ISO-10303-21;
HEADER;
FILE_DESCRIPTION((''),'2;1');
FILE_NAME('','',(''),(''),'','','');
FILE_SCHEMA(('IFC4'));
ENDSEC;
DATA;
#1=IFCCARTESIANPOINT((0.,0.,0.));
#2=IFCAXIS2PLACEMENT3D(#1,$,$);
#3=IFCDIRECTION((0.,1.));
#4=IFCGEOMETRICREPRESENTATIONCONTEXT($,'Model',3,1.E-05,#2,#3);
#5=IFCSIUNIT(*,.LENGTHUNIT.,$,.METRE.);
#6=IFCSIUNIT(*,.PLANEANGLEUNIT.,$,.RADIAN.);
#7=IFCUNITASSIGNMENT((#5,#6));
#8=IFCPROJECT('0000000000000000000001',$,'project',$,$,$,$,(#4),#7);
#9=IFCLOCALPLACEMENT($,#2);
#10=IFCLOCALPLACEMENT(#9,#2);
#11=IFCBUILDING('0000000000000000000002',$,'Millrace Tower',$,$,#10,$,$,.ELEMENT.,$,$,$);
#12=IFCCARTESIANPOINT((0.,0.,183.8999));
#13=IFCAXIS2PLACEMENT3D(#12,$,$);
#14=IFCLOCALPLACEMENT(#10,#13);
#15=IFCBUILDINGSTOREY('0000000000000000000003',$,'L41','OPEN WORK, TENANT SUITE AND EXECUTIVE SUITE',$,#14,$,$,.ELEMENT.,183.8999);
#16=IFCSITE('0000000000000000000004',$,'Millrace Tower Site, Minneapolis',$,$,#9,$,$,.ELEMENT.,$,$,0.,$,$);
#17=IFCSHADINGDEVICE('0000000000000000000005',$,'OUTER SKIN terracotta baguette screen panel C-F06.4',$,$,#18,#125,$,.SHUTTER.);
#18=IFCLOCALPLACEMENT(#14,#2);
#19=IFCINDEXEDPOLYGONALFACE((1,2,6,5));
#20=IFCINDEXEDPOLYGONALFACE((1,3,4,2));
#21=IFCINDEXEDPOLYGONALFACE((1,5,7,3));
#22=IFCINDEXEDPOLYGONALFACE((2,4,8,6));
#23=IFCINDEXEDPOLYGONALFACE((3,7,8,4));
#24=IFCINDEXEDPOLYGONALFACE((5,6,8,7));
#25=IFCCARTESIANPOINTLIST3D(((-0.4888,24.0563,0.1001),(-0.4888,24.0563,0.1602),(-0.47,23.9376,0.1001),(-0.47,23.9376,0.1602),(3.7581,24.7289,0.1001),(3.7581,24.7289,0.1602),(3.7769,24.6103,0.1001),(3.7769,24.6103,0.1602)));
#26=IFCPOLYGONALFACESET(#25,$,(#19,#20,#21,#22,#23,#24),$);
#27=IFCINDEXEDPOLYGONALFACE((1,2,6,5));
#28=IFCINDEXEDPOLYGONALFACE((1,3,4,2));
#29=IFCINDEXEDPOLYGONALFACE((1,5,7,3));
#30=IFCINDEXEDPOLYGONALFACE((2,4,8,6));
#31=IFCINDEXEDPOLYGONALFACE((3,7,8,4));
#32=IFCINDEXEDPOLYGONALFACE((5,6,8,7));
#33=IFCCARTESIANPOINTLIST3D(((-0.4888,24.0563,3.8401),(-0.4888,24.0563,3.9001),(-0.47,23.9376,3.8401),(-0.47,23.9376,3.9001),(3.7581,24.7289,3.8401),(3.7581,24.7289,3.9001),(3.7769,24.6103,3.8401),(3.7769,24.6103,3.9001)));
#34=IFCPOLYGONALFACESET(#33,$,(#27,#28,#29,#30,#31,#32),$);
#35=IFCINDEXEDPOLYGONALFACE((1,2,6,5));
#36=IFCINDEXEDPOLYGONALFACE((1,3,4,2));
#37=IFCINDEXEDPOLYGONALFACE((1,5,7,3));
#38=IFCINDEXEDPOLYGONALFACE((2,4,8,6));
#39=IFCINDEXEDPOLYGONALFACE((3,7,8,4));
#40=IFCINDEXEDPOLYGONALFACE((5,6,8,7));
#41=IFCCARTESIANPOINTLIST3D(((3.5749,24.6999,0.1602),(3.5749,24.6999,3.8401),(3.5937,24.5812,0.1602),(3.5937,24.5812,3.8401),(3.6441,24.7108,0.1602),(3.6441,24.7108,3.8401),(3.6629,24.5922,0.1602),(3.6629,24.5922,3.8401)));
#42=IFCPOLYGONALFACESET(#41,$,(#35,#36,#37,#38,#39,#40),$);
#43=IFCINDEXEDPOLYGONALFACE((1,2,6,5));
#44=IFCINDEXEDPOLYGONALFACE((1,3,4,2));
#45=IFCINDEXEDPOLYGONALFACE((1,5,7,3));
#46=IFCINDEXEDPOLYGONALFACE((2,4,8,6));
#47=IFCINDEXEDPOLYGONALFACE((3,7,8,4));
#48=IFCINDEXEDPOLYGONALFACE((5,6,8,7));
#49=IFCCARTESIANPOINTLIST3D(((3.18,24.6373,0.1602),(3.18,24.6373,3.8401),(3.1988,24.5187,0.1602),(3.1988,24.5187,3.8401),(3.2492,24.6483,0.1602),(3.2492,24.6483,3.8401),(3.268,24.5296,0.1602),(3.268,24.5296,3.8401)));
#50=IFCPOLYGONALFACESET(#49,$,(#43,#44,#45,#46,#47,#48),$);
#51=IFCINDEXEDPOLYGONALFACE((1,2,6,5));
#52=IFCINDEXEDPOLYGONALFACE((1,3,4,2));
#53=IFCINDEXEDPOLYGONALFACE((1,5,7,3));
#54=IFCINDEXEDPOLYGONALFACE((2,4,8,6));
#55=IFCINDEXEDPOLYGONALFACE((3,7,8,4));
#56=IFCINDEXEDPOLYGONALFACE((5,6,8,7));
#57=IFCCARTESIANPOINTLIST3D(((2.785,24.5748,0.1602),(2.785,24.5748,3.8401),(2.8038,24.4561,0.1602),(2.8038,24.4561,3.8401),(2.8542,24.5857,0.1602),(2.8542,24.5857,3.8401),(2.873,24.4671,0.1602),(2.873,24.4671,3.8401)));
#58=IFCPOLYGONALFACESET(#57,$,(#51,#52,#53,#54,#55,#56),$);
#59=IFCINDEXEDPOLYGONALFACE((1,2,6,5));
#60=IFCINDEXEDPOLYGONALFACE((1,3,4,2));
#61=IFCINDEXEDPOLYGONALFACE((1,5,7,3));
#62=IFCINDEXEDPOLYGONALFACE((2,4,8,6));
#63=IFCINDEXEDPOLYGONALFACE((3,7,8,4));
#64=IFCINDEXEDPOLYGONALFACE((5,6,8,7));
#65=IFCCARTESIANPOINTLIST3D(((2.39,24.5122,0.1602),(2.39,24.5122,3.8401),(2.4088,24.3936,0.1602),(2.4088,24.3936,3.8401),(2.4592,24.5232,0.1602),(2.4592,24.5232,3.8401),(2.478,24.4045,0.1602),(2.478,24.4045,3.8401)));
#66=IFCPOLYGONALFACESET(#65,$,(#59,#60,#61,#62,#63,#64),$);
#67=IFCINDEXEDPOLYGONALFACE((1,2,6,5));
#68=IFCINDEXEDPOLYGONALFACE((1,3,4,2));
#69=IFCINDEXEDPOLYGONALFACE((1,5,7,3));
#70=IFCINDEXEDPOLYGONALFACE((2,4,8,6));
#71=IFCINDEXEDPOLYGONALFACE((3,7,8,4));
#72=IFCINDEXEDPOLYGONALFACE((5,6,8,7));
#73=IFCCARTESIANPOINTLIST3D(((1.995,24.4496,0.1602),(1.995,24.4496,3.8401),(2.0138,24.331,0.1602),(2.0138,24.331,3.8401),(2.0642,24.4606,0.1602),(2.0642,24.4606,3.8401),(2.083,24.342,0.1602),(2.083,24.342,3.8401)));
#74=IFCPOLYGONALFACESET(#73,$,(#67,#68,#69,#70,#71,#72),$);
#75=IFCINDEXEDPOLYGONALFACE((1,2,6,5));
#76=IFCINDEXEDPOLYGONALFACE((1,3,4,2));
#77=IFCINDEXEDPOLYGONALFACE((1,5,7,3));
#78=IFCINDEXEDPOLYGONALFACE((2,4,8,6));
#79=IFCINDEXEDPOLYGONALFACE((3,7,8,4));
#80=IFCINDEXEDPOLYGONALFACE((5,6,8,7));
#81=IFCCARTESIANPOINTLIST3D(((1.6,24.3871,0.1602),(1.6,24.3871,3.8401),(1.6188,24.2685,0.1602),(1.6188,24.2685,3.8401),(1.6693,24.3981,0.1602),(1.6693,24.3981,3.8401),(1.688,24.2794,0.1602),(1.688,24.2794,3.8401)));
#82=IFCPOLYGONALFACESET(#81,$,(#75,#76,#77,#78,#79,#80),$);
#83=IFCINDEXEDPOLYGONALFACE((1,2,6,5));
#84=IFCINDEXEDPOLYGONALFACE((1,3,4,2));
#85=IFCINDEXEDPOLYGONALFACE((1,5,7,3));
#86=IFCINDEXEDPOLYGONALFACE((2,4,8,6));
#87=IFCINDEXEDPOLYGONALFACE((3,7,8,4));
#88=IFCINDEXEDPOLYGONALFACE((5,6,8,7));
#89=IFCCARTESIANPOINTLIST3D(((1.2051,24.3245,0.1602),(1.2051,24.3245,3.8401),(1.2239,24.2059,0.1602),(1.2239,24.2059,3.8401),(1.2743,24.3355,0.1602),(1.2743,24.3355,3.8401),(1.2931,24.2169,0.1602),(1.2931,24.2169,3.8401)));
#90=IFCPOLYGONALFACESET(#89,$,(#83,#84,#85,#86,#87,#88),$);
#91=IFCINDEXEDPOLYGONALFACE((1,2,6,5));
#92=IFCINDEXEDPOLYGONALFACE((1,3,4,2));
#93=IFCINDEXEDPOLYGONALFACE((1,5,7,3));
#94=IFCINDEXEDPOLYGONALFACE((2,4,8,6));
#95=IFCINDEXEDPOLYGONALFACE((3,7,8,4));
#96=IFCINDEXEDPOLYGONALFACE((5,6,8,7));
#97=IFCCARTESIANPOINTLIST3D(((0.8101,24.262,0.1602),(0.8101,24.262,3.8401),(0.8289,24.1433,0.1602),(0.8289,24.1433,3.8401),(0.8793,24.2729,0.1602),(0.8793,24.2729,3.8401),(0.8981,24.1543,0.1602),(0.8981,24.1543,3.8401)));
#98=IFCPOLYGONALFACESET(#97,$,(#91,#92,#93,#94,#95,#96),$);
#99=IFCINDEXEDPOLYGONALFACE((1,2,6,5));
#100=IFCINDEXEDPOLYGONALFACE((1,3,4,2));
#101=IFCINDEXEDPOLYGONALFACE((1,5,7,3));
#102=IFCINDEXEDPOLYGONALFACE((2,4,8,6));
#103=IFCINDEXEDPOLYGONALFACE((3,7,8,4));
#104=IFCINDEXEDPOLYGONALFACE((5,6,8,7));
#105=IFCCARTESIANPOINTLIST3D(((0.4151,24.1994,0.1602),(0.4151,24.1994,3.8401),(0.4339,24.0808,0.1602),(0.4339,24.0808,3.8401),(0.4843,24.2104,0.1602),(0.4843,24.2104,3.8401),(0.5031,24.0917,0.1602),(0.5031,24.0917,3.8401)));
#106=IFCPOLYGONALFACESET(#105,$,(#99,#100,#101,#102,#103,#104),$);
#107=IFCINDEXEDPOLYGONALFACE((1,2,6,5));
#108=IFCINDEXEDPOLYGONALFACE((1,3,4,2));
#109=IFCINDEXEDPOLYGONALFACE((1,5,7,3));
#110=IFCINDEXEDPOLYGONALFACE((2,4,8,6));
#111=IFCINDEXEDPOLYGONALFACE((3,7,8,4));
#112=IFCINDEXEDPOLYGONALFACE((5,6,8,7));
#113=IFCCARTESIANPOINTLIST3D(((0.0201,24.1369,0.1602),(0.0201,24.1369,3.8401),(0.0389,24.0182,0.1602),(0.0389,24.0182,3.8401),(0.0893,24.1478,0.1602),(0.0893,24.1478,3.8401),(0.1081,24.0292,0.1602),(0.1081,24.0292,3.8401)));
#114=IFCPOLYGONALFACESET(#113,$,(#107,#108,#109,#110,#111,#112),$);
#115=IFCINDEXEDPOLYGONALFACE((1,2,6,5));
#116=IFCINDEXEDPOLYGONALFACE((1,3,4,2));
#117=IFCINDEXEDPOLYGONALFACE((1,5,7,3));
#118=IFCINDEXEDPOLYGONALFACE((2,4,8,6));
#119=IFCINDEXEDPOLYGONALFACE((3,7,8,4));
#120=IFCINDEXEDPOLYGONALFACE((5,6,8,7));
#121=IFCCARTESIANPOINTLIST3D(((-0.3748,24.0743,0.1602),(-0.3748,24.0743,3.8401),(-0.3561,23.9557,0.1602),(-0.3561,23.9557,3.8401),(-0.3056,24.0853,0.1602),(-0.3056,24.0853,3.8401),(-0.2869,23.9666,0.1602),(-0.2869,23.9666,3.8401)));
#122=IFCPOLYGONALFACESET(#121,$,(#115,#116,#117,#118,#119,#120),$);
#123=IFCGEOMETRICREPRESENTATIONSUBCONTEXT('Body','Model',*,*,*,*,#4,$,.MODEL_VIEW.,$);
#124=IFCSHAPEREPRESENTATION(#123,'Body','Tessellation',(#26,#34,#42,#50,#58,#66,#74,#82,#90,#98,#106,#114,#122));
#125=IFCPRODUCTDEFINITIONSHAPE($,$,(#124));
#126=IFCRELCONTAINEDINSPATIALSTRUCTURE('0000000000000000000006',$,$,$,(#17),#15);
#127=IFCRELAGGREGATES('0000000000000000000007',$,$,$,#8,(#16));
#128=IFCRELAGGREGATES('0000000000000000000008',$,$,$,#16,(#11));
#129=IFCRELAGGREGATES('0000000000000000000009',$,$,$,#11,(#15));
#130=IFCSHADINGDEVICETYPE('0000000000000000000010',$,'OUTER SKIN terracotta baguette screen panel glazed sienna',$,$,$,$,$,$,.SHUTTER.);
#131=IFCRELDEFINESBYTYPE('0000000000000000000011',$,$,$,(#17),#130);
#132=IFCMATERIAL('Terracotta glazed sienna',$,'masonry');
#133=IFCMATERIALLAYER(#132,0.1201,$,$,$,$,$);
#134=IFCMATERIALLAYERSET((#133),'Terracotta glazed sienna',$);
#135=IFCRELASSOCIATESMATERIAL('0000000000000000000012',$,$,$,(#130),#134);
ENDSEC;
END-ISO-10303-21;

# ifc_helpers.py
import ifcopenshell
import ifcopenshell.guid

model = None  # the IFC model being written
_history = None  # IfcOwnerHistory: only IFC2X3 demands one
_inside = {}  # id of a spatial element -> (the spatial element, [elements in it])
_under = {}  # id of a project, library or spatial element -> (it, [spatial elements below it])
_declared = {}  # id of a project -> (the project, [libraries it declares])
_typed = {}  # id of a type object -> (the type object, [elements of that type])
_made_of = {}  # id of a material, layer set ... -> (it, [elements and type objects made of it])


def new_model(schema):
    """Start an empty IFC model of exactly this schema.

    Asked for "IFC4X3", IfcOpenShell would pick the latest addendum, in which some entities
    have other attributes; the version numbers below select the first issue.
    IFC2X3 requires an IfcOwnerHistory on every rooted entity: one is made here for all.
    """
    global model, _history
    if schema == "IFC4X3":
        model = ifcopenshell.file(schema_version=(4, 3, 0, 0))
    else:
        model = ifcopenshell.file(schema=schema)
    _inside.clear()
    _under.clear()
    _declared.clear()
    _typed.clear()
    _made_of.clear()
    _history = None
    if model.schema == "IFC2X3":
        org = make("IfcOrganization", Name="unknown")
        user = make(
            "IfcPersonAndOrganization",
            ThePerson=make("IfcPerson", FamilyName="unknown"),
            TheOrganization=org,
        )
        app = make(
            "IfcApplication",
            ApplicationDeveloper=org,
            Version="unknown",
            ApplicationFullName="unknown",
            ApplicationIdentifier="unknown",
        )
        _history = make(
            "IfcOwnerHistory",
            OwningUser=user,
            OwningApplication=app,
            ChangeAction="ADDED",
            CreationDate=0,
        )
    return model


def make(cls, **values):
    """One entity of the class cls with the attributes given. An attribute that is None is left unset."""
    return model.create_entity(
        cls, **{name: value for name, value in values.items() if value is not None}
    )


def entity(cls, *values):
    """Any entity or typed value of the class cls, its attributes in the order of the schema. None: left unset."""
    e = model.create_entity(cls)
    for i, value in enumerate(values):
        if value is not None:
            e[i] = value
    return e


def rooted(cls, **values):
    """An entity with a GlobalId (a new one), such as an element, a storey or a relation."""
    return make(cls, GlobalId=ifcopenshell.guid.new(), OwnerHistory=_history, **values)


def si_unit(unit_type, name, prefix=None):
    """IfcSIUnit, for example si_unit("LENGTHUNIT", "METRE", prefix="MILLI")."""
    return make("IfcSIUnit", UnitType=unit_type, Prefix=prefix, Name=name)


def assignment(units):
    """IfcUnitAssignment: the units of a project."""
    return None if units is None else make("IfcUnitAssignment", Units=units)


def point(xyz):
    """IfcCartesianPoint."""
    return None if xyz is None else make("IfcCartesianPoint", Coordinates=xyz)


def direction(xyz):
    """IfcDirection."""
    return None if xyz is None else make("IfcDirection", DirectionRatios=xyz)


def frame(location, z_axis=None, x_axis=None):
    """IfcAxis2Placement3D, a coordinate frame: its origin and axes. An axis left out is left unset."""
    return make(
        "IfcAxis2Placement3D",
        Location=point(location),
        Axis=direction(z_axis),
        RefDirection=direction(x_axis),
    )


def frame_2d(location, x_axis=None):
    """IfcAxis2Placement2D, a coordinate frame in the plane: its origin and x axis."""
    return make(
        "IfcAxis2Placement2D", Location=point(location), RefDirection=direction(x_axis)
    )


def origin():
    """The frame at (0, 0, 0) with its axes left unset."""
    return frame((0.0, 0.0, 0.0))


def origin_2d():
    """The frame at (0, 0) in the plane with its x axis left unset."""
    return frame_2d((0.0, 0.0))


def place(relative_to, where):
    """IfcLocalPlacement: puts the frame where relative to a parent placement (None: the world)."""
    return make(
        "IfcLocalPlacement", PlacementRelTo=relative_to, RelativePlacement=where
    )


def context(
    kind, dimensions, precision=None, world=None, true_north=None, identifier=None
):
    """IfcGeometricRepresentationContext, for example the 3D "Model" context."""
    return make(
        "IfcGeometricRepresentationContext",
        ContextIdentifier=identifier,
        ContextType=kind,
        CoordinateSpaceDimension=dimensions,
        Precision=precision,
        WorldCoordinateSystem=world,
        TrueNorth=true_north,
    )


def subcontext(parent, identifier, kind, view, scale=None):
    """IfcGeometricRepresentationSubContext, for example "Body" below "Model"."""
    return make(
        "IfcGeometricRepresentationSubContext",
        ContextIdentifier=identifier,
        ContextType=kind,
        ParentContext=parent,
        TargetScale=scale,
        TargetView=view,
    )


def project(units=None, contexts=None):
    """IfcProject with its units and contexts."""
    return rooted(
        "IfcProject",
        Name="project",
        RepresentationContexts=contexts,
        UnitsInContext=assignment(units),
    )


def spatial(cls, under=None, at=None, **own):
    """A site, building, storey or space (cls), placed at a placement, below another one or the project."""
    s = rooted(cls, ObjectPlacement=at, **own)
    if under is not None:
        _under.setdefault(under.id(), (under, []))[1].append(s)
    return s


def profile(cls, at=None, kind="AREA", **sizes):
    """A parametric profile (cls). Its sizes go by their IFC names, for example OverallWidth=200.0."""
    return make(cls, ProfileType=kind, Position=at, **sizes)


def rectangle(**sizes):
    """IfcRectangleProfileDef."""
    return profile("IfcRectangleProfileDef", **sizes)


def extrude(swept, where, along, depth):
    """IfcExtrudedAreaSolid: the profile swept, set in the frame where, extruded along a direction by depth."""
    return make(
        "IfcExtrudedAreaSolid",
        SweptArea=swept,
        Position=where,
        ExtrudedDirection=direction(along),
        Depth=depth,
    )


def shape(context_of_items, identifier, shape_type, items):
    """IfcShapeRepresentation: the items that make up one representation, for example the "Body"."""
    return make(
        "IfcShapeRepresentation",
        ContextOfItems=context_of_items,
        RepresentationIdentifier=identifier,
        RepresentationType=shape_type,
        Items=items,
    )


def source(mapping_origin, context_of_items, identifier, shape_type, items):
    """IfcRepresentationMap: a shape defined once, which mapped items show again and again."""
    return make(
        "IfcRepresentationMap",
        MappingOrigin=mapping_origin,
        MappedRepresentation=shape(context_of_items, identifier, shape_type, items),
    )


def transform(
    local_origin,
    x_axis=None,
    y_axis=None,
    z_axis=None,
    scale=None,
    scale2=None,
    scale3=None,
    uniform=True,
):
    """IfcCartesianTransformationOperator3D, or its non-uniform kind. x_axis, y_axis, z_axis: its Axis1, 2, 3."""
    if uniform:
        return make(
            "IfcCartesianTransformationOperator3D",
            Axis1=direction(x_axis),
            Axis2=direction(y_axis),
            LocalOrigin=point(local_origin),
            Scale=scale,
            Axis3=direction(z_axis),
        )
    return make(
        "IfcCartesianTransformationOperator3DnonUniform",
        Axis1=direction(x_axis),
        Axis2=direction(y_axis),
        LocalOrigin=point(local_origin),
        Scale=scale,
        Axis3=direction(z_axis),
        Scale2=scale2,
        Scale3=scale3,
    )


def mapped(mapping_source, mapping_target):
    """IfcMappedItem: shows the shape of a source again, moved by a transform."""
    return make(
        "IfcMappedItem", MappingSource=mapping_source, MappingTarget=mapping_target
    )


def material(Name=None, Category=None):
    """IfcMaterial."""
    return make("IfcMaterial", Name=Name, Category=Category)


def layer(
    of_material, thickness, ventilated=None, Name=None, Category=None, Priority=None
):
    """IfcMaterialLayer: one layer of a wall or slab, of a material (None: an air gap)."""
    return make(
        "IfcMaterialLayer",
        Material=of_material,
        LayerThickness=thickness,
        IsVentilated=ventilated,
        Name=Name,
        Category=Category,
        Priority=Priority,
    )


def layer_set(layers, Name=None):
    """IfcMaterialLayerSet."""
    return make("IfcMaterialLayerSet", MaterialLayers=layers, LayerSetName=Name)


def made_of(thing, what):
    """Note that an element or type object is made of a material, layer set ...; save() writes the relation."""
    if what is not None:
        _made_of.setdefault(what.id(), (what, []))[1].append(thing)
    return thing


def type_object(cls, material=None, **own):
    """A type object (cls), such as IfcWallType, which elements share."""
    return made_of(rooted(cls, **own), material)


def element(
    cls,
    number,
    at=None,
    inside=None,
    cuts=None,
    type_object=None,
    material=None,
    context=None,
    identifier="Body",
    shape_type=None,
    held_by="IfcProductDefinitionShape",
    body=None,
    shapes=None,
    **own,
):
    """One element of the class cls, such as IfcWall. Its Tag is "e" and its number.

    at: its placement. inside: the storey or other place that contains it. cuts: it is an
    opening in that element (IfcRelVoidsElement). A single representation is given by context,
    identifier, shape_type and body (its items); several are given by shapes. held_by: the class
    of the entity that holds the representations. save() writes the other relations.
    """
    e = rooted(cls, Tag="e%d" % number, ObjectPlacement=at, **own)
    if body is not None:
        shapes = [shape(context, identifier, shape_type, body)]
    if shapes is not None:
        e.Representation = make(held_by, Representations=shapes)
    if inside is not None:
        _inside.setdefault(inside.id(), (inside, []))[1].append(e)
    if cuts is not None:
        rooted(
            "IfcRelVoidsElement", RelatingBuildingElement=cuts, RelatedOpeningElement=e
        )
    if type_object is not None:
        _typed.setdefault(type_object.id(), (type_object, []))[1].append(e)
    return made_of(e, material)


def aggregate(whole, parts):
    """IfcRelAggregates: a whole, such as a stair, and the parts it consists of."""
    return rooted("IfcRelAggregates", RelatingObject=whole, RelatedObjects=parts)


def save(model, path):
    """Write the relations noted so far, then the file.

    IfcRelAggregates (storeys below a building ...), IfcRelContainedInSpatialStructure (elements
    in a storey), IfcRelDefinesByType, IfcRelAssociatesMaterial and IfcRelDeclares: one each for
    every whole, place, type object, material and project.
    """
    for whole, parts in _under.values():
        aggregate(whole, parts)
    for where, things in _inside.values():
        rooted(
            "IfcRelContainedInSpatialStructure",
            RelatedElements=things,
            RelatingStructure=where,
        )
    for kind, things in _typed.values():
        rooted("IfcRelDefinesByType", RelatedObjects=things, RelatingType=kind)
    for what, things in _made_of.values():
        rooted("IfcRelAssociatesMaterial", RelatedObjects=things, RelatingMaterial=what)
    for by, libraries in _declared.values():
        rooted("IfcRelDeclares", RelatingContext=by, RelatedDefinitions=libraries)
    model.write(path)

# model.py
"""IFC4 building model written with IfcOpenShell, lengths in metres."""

from ifc_helpers import new_model, entity, si_unit, direction, frame, frame_2d, origin, origin_2d, place, context, subcontext, project, spatial, rectangle, extrude, source, transform, mapped, material, layer, layer_set, type_object, element, save


model = new_model("IFC4")

# Units and contexts
model_context = context("Model", 3, precision=1e-05, world=origin(), true_north=direction((0.0, 1.0)))
body_context = subcontext(model_context, "Body", "Model", "MODEL_VIEW")
ifc_project = project(units=[si_unit("LENGTHUNIT", "METRE"), si_unit("PLANEANGLEUNIT", "RADIAN")], contexts=[model_context])

# Site, building, storey
site_placement = place(None, origin())
site = spatial("IfcSite", under=ifc_project, at=site_placement, Name="Millrace Tower Site, Minneapolis", CompositionType="ELEMENT", RefElevation=0.0)
building_placement = place(site_placement, origin())
building = spatial("IfcBuilding", under=site, at=building_placement, Name="Millrace Tower", CompositionType="ELEMENT")
storey_placement = place(building_placement, frame((0.0, 0.0, 183.8999)))
storey = spatial("IfcBuildingStorey", under=building, at=storey_placement, Name="L41", Description="OPEN WORK, TENANT SUITE AND EXECUTIVE SUITE", CompositionType="ELEMENT", Elevation=183.8999)

# Shading device
ifc_material_1 = material(Name="Terracotta glazed sienna", Category="masonry")
ifc_layer_1 = layer(ifc_material_1, 0.1201)
ifc_layer_set_1 = layer_set([ifc_layer_1], Name="Terracotta glazed sienna")
shading_device_type = type_object("IfcShadingDeviceType", Name="OUTER SKIN terracotta baguette screen panel glazed sienna", PredefinedType="SHUTTER", material=ifc_layer_set_1)
cartesian_point_1 = entity("IfcCartesianPoint", [-2.1499, 0.0601])
shared_polyline_1 = entity("IfcPolyline", [cartesian_point_1, entity("IfcCartesianPoint", [2.1499, 0.0601]), entity("IfcCartesianPoint", [2.1499, -0.0601]), entity("IfcCartesianPoint", [-2.1499, -0.0601]), cartesian_point_1])
shared_shape_1 = source(origin(), body_context, "Body", "SweptSolid", [
    entity("IfcExtrudedAreaSolid", entity("IfcArbitraryClosedProfileDef", "AREA", None, shared_polyline_1), entity("IfcAxis2Placement3D", entity("IfcCartesianPoint", [0.0, 0.0, 0.0])), entity("IfcDirection", [0.0, 0.0, 1.0]), 0.0601),
    entity("IfcExtrudedAreaSolid", entity("IfcArbitraryClosedProfileDef", "AREA", None, shared_polyline_1), entity("IfcAxis2Placement3D", entity("IfcCartesianPoint", [0.0, 0.0, 3.74])), entity("IfcDirection", [0.0, 0.0, 1.0]), 0.0601),
    extrude(rectangle(XDim=0.0701, YDim=0.1201, at=frame_2d((-1.9995, 0.0))), frame((0.0, 0.0, 0.0601)), (0.0, 0.0, 1.0), 3.6799),
    extrude(rectangle(XDim=0.0701, YDim=0.1201, at=frame_2d((-1.5996, 0.0))), frame((0.0, 0.0, 0.0601)), (0.0, 0.0, 1.0), 3.6799),
    extrude(rectangle(XDim=0.0701, YDim=0.1201, at=frame_2d((-1.1997, 0.0))), frame((0.0, 0.0, 0.0601)), (0.0, 0.0, 1.0), 3.6799),
    extrude(rectangle(XDim=0.0701, YDim=0.1201, at=frame_2d((-0.7998, 0.0))), frame((0.0, 0.0, 0.0601)), (0.0, 0.0, 1.0), 3.6799),
    extrude(rectangle(XDim=0.0701, YDim=0.1201, at=frame_2d((-0.3999, 0.0))), frame((0.0, 0.0, 0.0601)), (0.0, 0.0, 1.0), 3.6799),
    extrude(rectangle(XDim=0.0701, YDim=0.1201, at=origin_2d()), frame((0.0, 0.0, 0.0601)), (0.0, 0.0, 1.0), 3.6799),
    extrude(rectangle(XDim=0.0701, YDim=0.1201, at=frame_2d((0.3999, 0.0))), frame((0.0, 0.0, 0.0601)), (0.0, 0.0, 1.0), 3.6799),
    extrude(rectangle(XDim=0.0701, YDim=0.1201, at=frame_2d((0.7998, 0.0))), frame((0.0, 0.0, 0.0601)), (0.0, 0.0, 1.0), 3.6799),
    extrude(rectangle(XDim=0.0701, YDim=0.1201, at=frame_2d((1.1997, 0.0))), frame((0.0, 0.0, 0.0601)), (0.0, 0.0, 1.0), 3.6799),
    extrude(rectangle(XDim=0.0701, YDim=0.1201, at=frame_2d((1.5996, 0.0))), frame((0.0, 0.0, 0.0601)), (0.0, 0.0, 1.0), 3.6799),
    extrude(rectangle(XDim=0.0701, YDim=0.1201, at=frame_2d((1.9995, 0.0))), frame((0.0, 0.0, 0.0601)), (0.0, 0.0, 1.0), 3.6799),
])
for number, where, z_axis, x_axis, name in (
    (1, (1.644, 24.3333, 0.1001), (0.0, 0.0, 1.0), (-0.987688, -0.156434, 0.0), "OUTER SKIN terracotta baguette screen panel C-F06.4"),
):
    element("IfcShadingDevice", number, at=place(storey_placement, frame(where, z_axis=z_axis, x_axis=x_axis)), inside=storey, type_object=shading_device_type, Name=name, PredefinedType="SHUTTER", context=body_context, shape_type="MappedRepresentation", body=[
        mapped(shared_shape_1, transform((0.0, 0.0, 0.0), scale=1.0)),
    ])

save(model, "model.ifc")
